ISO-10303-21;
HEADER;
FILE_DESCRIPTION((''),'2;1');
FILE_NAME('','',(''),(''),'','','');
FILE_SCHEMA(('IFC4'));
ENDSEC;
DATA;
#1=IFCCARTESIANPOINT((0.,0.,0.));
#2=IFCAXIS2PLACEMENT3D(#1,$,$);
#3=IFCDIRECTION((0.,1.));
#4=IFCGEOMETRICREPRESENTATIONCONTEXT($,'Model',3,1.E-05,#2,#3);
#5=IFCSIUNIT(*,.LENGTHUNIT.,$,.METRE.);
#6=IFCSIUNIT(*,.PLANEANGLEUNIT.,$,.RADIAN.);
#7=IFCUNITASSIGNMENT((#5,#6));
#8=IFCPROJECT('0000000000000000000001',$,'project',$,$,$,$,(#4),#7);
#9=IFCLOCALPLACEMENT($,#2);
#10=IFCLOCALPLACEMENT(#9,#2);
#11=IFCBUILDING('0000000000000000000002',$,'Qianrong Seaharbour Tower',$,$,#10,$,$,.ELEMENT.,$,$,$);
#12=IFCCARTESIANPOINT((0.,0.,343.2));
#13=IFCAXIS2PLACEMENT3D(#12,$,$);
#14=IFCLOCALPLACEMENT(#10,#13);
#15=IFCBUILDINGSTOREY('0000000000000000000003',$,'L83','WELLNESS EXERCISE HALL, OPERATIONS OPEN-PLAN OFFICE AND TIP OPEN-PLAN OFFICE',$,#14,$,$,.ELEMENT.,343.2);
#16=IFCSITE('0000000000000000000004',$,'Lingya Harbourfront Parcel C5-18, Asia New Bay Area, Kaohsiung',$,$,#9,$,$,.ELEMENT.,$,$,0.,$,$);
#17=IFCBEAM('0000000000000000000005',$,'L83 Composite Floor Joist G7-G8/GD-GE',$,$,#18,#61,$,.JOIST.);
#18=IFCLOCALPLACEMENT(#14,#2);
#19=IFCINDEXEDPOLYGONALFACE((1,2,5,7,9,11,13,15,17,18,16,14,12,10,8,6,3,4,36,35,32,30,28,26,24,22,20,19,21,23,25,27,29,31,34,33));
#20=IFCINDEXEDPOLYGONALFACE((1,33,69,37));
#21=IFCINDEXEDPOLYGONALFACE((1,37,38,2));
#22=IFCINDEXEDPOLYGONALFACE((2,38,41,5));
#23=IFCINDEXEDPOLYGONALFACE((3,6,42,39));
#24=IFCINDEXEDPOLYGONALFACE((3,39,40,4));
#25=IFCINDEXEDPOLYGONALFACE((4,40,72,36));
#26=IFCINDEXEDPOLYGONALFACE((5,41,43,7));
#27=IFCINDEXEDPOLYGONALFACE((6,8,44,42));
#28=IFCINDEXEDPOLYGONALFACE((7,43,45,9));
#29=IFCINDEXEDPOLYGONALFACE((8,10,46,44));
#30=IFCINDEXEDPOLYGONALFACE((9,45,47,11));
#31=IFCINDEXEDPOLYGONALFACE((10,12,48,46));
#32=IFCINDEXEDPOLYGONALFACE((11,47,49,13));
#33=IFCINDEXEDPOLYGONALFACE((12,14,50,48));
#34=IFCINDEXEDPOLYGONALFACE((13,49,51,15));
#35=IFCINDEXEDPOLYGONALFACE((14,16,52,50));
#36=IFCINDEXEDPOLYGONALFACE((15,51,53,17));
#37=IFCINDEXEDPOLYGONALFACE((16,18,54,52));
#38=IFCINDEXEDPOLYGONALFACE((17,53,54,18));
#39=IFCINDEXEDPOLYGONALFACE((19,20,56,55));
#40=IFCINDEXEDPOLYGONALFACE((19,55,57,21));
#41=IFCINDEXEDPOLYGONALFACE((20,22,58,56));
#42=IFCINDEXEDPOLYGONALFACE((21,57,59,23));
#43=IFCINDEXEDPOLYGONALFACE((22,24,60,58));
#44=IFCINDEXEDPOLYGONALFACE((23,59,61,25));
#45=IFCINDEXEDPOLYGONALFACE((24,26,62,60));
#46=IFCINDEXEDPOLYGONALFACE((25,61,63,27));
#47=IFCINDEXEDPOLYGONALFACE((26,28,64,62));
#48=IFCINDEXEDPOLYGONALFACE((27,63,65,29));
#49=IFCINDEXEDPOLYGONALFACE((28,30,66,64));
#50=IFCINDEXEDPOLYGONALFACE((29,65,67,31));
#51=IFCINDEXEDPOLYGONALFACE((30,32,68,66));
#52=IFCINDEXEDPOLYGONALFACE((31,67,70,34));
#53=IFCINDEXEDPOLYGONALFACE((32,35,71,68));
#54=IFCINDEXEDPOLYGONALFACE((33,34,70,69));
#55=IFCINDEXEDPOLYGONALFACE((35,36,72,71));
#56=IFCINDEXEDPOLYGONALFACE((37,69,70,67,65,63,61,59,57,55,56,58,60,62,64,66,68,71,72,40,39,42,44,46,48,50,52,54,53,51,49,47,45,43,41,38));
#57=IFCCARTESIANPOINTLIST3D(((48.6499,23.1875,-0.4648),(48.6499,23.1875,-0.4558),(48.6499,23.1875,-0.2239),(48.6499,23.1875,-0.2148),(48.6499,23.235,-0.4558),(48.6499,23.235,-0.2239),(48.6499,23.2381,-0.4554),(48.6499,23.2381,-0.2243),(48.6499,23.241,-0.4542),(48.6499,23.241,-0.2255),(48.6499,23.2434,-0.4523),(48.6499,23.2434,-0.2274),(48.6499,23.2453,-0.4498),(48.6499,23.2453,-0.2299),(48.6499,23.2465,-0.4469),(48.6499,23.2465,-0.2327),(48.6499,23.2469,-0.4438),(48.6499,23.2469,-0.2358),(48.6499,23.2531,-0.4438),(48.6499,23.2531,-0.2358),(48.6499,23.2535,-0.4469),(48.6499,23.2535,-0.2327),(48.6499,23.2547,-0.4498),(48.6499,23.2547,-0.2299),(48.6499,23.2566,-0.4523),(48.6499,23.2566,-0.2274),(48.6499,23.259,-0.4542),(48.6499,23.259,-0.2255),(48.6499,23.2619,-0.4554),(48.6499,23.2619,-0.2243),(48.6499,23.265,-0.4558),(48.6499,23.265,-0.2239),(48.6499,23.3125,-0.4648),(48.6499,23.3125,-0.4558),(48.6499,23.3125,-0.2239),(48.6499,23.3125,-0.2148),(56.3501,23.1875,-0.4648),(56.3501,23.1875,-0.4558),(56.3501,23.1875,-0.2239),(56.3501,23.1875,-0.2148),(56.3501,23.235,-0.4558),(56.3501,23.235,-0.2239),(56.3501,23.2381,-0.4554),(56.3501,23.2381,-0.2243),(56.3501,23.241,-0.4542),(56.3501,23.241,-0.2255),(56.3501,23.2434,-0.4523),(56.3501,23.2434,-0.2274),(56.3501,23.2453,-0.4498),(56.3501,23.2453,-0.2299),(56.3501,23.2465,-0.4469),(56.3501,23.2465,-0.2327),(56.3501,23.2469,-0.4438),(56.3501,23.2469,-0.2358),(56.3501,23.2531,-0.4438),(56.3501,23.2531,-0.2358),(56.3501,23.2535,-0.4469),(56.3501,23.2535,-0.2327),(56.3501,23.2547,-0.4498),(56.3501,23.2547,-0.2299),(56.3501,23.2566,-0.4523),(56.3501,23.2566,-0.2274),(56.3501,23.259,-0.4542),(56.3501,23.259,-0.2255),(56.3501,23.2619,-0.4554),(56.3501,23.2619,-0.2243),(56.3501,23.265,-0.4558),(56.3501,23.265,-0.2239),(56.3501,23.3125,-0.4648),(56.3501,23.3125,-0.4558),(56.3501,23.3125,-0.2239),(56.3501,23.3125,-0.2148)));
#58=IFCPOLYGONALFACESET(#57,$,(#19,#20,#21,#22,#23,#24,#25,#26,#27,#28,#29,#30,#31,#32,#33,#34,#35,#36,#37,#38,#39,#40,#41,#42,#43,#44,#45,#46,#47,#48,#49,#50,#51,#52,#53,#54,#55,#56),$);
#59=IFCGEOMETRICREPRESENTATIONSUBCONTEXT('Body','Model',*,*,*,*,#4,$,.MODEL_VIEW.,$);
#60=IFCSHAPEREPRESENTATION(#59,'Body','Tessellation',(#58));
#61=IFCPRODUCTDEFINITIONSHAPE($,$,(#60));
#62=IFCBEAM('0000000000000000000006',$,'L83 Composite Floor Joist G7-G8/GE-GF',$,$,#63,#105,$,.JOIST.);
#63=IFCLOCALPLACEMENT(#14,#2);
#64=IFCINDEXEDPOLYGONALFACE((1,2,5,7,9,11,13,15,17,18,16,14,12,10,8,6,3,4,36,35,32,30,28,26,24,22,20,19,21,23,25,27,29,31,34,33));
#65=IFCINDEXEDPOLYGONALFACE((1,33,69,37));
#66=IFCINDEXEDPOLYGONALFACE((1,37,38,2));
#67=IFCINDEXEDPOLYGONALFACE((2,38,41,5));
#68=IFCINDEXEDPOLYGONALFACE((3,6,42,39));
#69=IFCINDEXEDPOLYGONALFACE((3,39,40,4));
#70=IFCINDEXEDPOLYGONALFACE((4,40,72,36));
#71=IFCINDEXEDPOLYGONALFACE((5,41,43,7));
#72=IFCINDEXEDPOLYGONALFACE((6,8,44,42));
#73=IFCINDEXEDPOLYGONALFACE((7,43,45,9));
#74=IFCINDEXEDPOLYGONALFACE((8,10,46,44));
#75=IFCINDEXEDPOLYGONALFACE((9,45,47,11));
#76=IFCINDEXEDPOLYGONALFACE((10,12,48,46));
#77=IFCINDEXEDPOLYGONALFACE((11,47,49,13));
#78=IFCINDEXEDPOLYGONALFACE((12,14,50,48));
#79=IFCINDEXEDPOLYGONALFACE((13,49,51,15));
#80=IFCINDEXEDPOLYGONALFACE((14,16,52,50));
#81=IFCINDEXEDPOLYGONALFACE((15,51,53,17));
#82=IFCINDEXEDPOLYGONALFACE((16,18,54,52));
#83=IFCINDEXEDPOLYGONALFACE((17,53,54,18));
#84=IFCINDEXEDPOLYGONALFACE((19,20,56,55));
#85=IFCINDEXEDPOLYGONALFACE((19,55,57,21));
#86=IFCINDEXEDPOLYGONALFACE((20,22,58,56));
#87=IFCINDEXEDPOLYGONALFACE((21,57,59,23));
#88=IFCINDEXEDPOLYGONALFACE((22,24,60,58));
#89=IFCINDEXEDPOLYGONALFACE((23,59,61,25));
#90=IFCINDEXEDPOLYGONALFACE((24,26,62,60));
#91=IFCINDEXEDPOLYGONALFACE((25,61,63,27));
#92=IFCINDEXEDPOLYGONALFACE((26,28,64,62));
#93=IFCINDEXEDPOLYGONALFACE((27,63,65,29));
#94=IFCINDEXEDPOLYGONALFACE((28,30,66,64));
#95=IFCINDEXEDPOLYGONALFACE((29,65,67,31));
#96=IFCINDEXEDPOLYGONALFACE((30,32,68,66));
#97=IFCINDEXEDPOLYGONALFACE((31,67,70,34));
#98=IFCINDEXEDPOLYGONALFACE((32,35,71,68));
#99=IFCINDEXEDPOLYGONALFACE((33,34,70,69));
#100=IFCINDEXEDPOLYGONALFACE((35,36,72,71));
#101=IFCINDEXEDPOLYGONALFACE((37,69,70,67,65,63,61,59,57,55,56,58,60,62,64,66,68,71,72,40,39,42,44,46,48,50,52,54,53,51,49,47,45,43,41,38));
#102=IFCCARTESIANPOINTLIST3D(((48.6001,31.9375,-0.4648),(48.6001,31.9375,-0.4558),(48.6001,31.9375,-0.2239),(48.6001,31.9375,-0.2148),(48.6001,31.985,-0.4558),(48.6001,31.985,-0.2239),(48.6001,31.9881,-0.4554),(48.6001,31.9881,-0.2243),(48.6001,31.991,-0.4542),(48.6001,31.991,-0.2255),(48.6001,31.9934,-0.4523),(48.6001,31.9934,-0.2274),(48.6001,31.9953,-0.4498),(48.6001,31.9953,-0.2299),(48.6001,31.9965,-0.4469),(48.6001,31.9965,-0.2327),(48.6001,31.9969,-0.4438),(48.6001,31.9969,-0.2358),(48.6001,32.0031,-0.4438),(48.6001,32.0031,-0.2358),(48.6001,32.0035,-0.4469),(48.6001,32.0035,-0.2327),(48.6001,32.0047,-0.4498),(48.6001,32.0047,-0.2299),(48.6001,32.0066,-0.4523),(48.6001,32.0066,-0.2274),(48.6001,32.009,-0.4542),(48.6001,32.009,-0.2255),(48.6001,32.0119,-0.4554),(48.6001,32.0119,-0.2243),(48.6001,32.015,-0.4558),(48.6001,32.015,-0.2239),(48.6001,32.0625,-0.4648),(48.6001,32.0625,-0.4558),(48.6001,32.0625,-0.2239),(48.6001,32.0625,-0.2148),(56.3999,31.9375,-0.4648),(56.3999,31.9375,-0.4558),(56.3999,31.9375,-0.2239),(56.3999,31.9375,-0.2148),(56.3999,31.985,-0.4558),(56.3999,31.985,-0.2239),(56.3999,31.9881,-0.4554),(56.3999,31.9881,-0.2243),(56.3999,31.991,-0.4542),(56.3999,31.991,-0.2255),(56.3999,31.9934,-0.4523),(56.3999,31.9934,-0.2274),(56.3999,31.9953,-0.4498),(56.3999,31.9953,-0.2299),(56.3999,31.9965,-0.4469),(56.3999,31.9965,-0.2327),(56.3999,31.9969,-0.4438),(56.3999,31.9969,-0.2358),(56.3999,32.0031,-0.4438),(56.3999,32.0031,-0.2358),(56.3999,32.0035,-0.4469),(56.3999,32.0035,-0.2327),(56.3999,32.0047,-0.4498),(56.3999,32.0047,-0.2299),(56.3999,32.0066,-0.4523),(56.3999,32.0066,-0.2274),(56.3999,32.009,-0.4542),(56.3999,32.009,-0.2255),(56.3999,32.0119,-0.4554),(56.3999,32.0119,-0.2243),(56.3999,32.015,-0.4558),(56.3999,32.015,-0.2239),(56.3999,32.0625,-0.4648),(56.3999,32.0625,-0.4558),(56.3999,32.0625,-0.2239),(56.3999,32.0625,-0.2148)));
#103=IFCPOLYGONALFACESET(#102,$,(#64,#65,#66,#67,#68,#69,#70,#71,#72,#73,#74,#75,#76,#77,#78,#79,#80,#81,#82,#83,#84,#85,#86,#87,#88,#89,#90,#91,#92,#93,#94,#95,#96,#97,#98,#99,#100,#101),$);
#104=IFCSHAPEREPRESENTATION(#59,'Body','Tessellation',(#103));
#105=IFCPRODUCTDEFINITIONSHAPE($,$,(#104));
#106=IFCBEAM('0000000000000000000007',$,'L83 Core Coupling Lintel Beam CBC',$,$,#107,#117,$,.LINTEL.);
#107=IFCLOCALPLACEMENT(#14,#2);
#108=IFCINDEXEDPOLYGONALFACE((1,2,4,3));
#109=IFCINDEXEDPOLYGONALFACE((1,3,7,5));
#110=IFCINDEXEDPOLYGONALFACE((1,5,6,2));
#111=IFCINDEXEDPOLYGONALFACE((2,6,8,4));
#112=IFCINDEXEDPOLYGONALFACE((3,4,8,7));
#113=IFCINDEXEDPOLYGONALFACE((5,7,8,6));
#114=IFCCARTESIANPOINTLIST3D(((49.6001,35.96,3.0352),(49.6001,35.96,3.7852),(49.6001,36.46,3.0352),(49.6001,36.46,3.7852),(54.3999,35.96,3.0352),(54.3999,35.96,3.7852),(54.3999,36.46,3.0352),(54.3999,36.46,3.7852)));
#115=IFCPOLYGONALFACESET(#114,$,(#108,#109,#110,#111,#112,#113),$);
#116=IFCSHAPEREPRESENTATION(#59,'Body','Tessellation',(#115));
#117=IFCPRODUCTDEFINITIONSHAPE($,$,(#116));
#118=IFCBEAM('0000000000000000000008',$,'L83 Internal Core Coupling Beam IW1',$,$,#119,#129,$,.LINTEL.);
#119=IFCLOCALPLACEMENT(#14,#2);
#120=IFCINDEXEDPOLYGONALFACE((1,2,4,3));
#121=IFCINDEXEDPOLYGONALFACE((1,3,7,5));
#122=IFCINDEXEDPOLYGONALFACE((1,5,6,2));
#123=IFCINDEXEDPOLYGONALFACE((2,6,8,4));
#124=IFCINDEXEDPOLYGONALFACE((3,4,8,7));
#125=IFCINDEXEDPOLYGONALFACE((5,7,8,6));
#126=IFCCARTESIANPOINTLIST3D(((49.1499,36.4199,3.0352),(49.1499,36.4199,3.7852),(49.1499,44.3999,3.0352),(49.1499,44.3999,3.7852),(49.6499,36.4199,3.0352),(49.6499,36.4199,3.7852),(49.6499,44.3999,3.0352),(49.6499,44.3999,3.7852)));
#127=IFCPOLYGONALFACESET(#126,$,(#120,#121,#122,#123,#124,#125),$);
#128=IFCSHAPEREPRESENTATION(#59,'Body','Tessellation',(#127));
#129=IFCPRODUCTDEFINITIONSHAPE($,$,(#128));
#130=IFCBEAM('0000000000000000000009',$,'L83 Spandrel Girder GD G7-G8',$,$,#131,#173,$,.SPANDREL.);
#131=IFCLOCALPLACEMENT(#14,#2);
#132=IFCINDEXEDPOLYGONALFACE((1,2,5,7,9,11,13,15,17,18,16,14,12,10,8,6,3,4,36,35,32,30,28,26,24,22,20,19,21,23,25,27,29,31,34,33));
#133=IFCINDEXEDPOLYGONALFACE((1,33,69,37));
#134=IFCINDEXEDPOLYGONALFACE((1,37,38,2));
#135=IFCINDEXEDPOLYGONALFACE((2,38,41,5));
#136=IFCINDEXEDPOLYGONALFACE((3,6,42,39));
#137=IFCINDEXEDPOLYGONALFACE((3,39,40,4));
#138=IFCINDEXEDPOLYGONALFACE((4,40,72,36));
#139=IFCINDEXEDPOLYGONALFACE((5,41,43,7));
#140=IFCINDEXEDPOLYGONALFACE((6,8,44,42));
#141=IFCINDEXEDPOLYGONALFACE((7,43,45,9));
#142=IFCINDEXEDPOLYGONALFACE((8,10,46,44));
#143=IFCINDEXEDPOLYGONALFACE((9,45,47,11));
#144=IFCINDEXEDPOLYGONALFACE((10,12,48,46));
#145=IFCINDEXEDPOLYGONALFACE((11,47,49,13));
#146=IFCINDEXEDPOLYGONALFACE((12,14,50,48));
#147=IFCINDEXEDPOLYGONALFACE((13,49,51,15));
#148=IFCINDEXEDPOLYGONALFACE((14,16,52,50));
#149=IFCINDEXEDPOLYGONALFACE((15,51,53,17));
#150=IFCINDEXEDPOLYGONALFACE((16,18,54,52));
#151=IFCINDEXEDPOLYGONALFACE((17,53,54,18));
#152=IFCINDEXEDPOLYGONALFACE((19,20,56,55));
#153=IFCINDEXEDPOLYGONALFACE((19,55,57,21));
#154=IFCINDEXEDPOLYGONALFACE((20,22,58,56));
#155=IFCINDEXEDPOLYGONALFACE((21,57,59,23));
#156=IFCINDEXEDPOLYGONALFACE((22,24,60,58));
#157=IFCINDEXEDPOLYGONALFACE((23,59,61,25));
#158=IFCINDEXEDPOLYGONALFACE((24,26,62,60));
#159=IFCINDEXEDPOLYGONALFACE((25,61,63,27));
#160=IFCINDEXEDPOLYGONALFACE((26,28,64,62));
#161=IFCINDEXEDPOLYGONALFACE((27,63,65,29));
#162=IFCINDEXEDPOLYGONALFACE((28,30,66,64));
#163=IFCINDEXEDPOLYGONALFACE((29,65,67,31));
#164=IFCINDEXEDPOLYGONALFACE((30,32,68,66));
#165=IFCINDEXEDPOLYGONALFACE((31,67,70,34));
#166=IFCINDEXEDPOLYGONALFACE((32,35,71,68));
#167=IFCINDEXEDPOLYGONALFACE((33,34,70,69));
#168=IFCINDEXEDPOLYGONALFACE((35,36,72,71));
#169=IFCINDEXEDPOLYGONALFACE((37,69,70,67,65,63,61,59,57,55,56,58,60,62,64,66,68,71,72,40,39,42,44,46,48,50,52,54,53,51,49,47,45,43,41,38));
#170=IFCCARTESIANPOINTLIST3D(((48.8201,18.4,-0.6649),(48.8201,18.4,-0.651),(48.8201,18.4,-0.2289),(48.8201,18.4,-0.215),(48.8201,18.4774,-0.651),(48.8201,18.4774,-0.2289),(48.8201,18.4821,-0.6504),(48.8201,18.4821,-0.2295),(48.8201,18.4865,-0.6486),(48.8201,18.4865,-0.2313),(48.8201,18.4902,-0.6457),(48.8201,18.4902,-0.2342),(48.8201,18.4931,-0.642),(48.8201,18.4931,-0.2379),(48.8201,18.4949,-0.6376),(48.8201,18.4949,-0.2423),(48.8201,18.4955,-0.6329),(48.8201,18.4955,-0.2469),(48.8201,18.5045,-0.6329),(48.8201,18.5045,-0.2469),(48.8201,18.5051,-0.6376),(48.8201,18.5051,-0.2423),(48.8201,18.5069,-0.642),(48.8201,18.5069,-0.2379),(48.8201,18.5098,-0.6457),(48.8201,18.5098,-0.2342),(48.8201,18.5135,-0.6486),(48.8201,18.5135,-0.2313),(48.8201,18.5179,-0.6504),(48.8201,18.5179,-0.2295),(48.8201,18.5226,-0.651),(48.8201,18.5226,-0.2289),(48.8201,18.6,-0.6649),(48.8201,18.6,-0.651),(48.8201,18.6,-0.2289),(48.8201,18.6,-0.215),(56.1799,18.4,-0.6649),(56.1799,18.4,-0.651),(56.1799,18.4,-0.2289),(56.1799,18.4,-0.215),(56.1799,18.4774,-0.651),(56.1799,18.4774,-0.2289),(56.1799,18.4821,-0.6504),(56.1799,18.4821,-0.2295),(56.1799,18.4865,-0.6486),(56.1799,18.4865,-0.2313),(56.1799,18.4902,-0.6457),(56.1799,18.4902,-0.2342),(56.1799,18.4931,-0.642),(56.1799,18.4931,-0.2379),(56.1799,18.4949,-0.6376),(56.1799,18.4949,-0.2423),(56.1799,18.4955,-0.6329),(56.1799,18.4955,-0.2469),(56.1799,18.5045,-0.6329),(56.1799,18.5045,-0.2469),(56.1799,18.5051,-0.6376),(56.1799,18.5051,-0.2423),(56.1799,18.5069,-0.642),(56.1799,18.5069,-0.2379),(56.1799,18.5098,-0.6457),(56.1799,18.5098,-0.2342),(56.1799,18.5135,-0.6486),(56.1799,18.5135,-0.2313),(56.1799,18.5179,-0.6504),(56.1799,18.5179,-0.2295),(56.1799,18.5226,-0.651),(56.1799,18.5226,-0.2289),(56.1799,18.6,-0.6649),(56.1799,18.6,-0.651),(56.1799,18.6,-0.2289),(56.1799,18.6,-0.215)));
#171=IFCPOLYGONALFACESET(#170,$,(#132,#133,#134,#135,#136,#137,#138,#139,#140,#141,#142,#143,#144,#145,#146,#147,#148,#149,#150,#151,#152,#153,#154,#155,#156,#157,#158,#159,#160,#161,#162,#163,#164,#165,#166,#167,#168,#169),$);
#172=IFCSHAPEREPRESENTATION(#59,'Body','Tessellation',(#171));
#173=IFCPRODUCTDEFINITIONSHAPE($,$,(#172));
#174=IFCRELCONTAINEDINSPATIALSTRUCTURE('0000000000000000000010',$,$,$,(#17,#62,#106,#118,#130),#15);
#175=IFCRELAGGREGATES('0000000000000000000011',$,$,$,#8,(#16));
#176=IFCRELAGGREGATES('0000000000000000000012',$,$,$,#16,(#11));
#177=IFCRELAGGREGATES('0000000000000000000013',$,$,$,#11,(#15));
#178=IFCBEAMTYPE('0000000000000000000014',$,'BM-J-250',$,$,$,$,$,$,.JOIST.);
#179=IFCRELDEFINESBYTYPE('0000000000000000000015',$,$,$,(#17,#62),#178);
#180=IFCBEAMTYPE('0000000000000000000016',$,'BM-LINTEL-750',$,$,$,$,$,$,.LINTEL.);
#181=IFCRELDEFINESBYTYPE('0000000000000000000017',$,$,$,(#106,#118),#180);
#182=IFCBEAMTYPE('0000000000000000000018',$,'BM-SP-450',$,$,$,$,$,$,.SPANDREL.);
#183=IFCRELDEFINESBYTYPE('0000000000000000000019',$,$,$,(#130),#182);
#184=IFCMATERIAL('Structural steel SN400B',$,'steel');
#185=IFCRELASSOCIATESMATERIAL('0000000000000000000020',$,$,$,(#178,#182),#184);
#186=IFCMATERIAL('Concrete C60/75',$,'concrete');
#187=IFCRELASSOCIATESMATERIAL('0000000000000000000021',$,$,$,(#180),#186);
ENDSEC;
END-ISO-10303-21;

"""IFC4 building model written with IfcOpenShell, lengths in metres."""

from ifc_helpers import new_model, si_unit, direction, frame, origin, origin_2d, place, context, subcontext, project, spatial, rectangle, i_section, extrude, material, material_profile, profile_set, type_object, element, save


model = new_model("IFC4")

# Units and contexts
model_context = context("Model", 3, precision=1e-05, world=origin(), true_north=direction((0.0, 1.0)))
body_context = subcontext(model_context, "Body", "Model", "MODEL_VIEW")
ifc_project = project(units=[si_unit("LENGTHUNIT", "METRE"), si_unit("PLANEANGLEUNIT", "RADIAN")], contexts=[model_context])

# Site, building, storey
site_placement = place(None, origin())
site = spatial("IfcSite", under=ifc_project, at=site_placement, Name="Lingya Harbourfront Parcel C5-18, Asia New Bay Area, Kaohsiung", CompositionType="ELEMENT", RefElevation=0.0)
building_placement = place(site_placement, origin())
building = spatial("IfcBuilding", under=site, at=building_placement, Name="Qianrong Seaharbour Tower", CompositionType="ELEMENT")
storey_placement = place(building_placement, frame((0.0, 0.0, 343.2)))
storey = spatial("IfcBuildingStorey", under=building, at=storey_placement, Name="L83", Description="WELLNESS EXERCISE HALL, OPERATIONS OPEN-PLAN OFFICE AND TIP OPEN-PLAN OFFICE", CompositionType="ELEMENT", Elevation=343.2)

# Shared definitions
ifc_material_1 = material(Name="Structural steel SN400B", Category="steel")

# Beams
ifc_material_profile_1 = material_profile(ifc_material_1, i_section(OverallWidth=0.125, OverallDepth=0.25, WebThickness=0.0061, FlangeThickness=0.009, FilletRadius=0.012, at=origin_2d()), Name="H250x125x6x9")
ifc_profile_set_1 = profile_set([ifc_material_profile_1], Name="Structural steel SN400B")
beam_type_1 = type_object("IfcBeamType", Name="BM-J-250", PredefinedType="JOIST", material=ifc_profile_set_1)
beam_1_placement = place(storey_placement, frame((48.6499, 23.25, -0.3398), z_axis=(1.0, 0.0, 0.0), x_axis=(0.0, 1.0, 0.0)))
element("IfcBeam", 1, at=beam_1_placement, inside=storey, type_object=beam_type_1, Name="L83 Composite Floor Joist G7-G8/GD-GE", PredefinedType="JOIST", context=body_context, shape_type="SweptSolid", body=[
    extrude(i_section(OverallWidth=0.125, OverallDepth=0.25, WebThickness=0.0061, FlangeThickness=0.009, FilletRadius=0.012, at=origin_2d()), origin(), (0.0, 0.0, 1.0), 7.7002),
])
beam_2_placement = place(storey_placement, frame((48.6001, 32.0, -0.3398), z_axis=(1.0, 0.0, 0.0), x_axis=(0.0, 1.0, 0.0)))
element("IfcBeam", 2, at=beam_2_placement, inside=storey, type_object=beam_type_1, Name="L83 Composite Floor Joist G7-G8/GE-GF", PredefinedType="JOIST", context=body_context, shape_type="SweptSolid", body=[
    extrude(i_section(OverallWidth=0.125, OverallDepth=0.25, WebThickness=0.0061, FlangeThickness=0.009, FilletRadius=0.012, at=origin_2d()), origin(), (0.0, 0.0, 1.0), 7.7998),
])
ifc_material_2 = material(Name="Concrete C60/75", Category="concrete")
ifc_material_profile_2 = material_profile(ifc_material_2, rectangle(XDim=0.5, YDim=0.75, at=origin_2d()), Name="RC500x750")
ifc_profile_set_2 = profile_set([ifc_material_profile_2], Name="Concrete C60/75")
beam_type_2 = type_object("IfcBeamType", Name="BM-LINTEL-750", PredefinedType="LINTEL", material=ifc_profile_set_2)
beam_3_placement = place(storey_placement, frame((49.6001, 36.21, 3.4102), z_axis=(1.0, 0.0, 0.0), x_axis=(0.0, 1.0, 0.0)))
element("IfcBeam", 3, at=beam_3_placement, inside=storey, type_object=beam_type_2, Name="L83 Core Coupling Lintel Beam CBC", PredefinedType="LINTEL", context=body_context, shape_type="SweptSolid", body=[
    extrude(rectangle(XDim=0.5, YDim=0.75, at=origin_2d()), origin(), (0.0, 0.0, 1.0), 4.7998),
])
beam_4_placement = place(storey_placement, frame((49.3999, 36.4199, 3.4102), z_axis=(0.0, 1.0, 0.0), x_axis=(-1.0, 0.0, 0.0)))
element("IfcBeam", 4, at=beam_4_placement, inside=storey, type_object=beam_type_2, Name="L83 Internal Core Coupling Beam IW1", PredefinedType="LINTEL", context=body_context, shape_type="SweptSolid", body=[
    extrude(rectangle(XDim=0.5, YDim=0.75, at=origin_2d()), origin(), (0.0, 0.0, 1.0), 7.98),
])
ifc_material_profile_3 = material_profile(ifc_material_1, i_section(OverallWidth=0.2, OverallDepth=0.45, WebThickness=0.009, FlangeThickness=0.0139, FilletRadius=0.0181, at=origin_2d()), Name="H450x200x9x14")
ifc_profile_set_3 = profile_set([ifc_material_profile_3], Name="Structural steel SN400B")
beam_type_3 = type_object("IfcBeamType", Name="BM-SP-450", PredefinedType="SPANDREL", material=ifc_profile_set_3)
beam_5_placement = place(storey_placement, frame((48.8201, 18.5, -0.4399), z_axis=(1.0, 0.0, 0.0), x_axis=(0.0, 1.0, 0.0)))
element("IfcBeam", 5, at=beam_5_placement, inside=storey, type_object=beam_type_3, Name="L83 Spandrel Girder GD G7-G8", PredefinedType="SPANDREL", context=body_context, shape_type="SweptSolid", body=[
    extrude(i_section(OverallWidth=0.2, OverallDepth=0.45, WebThickness=0.009, FlangeThickness=0.0139, FilletRadius=0.0181, at=origin_2d()), origin(), (0.0, 0.0, 1.0), 7.3599),
])

save(model, "model.ifc")
